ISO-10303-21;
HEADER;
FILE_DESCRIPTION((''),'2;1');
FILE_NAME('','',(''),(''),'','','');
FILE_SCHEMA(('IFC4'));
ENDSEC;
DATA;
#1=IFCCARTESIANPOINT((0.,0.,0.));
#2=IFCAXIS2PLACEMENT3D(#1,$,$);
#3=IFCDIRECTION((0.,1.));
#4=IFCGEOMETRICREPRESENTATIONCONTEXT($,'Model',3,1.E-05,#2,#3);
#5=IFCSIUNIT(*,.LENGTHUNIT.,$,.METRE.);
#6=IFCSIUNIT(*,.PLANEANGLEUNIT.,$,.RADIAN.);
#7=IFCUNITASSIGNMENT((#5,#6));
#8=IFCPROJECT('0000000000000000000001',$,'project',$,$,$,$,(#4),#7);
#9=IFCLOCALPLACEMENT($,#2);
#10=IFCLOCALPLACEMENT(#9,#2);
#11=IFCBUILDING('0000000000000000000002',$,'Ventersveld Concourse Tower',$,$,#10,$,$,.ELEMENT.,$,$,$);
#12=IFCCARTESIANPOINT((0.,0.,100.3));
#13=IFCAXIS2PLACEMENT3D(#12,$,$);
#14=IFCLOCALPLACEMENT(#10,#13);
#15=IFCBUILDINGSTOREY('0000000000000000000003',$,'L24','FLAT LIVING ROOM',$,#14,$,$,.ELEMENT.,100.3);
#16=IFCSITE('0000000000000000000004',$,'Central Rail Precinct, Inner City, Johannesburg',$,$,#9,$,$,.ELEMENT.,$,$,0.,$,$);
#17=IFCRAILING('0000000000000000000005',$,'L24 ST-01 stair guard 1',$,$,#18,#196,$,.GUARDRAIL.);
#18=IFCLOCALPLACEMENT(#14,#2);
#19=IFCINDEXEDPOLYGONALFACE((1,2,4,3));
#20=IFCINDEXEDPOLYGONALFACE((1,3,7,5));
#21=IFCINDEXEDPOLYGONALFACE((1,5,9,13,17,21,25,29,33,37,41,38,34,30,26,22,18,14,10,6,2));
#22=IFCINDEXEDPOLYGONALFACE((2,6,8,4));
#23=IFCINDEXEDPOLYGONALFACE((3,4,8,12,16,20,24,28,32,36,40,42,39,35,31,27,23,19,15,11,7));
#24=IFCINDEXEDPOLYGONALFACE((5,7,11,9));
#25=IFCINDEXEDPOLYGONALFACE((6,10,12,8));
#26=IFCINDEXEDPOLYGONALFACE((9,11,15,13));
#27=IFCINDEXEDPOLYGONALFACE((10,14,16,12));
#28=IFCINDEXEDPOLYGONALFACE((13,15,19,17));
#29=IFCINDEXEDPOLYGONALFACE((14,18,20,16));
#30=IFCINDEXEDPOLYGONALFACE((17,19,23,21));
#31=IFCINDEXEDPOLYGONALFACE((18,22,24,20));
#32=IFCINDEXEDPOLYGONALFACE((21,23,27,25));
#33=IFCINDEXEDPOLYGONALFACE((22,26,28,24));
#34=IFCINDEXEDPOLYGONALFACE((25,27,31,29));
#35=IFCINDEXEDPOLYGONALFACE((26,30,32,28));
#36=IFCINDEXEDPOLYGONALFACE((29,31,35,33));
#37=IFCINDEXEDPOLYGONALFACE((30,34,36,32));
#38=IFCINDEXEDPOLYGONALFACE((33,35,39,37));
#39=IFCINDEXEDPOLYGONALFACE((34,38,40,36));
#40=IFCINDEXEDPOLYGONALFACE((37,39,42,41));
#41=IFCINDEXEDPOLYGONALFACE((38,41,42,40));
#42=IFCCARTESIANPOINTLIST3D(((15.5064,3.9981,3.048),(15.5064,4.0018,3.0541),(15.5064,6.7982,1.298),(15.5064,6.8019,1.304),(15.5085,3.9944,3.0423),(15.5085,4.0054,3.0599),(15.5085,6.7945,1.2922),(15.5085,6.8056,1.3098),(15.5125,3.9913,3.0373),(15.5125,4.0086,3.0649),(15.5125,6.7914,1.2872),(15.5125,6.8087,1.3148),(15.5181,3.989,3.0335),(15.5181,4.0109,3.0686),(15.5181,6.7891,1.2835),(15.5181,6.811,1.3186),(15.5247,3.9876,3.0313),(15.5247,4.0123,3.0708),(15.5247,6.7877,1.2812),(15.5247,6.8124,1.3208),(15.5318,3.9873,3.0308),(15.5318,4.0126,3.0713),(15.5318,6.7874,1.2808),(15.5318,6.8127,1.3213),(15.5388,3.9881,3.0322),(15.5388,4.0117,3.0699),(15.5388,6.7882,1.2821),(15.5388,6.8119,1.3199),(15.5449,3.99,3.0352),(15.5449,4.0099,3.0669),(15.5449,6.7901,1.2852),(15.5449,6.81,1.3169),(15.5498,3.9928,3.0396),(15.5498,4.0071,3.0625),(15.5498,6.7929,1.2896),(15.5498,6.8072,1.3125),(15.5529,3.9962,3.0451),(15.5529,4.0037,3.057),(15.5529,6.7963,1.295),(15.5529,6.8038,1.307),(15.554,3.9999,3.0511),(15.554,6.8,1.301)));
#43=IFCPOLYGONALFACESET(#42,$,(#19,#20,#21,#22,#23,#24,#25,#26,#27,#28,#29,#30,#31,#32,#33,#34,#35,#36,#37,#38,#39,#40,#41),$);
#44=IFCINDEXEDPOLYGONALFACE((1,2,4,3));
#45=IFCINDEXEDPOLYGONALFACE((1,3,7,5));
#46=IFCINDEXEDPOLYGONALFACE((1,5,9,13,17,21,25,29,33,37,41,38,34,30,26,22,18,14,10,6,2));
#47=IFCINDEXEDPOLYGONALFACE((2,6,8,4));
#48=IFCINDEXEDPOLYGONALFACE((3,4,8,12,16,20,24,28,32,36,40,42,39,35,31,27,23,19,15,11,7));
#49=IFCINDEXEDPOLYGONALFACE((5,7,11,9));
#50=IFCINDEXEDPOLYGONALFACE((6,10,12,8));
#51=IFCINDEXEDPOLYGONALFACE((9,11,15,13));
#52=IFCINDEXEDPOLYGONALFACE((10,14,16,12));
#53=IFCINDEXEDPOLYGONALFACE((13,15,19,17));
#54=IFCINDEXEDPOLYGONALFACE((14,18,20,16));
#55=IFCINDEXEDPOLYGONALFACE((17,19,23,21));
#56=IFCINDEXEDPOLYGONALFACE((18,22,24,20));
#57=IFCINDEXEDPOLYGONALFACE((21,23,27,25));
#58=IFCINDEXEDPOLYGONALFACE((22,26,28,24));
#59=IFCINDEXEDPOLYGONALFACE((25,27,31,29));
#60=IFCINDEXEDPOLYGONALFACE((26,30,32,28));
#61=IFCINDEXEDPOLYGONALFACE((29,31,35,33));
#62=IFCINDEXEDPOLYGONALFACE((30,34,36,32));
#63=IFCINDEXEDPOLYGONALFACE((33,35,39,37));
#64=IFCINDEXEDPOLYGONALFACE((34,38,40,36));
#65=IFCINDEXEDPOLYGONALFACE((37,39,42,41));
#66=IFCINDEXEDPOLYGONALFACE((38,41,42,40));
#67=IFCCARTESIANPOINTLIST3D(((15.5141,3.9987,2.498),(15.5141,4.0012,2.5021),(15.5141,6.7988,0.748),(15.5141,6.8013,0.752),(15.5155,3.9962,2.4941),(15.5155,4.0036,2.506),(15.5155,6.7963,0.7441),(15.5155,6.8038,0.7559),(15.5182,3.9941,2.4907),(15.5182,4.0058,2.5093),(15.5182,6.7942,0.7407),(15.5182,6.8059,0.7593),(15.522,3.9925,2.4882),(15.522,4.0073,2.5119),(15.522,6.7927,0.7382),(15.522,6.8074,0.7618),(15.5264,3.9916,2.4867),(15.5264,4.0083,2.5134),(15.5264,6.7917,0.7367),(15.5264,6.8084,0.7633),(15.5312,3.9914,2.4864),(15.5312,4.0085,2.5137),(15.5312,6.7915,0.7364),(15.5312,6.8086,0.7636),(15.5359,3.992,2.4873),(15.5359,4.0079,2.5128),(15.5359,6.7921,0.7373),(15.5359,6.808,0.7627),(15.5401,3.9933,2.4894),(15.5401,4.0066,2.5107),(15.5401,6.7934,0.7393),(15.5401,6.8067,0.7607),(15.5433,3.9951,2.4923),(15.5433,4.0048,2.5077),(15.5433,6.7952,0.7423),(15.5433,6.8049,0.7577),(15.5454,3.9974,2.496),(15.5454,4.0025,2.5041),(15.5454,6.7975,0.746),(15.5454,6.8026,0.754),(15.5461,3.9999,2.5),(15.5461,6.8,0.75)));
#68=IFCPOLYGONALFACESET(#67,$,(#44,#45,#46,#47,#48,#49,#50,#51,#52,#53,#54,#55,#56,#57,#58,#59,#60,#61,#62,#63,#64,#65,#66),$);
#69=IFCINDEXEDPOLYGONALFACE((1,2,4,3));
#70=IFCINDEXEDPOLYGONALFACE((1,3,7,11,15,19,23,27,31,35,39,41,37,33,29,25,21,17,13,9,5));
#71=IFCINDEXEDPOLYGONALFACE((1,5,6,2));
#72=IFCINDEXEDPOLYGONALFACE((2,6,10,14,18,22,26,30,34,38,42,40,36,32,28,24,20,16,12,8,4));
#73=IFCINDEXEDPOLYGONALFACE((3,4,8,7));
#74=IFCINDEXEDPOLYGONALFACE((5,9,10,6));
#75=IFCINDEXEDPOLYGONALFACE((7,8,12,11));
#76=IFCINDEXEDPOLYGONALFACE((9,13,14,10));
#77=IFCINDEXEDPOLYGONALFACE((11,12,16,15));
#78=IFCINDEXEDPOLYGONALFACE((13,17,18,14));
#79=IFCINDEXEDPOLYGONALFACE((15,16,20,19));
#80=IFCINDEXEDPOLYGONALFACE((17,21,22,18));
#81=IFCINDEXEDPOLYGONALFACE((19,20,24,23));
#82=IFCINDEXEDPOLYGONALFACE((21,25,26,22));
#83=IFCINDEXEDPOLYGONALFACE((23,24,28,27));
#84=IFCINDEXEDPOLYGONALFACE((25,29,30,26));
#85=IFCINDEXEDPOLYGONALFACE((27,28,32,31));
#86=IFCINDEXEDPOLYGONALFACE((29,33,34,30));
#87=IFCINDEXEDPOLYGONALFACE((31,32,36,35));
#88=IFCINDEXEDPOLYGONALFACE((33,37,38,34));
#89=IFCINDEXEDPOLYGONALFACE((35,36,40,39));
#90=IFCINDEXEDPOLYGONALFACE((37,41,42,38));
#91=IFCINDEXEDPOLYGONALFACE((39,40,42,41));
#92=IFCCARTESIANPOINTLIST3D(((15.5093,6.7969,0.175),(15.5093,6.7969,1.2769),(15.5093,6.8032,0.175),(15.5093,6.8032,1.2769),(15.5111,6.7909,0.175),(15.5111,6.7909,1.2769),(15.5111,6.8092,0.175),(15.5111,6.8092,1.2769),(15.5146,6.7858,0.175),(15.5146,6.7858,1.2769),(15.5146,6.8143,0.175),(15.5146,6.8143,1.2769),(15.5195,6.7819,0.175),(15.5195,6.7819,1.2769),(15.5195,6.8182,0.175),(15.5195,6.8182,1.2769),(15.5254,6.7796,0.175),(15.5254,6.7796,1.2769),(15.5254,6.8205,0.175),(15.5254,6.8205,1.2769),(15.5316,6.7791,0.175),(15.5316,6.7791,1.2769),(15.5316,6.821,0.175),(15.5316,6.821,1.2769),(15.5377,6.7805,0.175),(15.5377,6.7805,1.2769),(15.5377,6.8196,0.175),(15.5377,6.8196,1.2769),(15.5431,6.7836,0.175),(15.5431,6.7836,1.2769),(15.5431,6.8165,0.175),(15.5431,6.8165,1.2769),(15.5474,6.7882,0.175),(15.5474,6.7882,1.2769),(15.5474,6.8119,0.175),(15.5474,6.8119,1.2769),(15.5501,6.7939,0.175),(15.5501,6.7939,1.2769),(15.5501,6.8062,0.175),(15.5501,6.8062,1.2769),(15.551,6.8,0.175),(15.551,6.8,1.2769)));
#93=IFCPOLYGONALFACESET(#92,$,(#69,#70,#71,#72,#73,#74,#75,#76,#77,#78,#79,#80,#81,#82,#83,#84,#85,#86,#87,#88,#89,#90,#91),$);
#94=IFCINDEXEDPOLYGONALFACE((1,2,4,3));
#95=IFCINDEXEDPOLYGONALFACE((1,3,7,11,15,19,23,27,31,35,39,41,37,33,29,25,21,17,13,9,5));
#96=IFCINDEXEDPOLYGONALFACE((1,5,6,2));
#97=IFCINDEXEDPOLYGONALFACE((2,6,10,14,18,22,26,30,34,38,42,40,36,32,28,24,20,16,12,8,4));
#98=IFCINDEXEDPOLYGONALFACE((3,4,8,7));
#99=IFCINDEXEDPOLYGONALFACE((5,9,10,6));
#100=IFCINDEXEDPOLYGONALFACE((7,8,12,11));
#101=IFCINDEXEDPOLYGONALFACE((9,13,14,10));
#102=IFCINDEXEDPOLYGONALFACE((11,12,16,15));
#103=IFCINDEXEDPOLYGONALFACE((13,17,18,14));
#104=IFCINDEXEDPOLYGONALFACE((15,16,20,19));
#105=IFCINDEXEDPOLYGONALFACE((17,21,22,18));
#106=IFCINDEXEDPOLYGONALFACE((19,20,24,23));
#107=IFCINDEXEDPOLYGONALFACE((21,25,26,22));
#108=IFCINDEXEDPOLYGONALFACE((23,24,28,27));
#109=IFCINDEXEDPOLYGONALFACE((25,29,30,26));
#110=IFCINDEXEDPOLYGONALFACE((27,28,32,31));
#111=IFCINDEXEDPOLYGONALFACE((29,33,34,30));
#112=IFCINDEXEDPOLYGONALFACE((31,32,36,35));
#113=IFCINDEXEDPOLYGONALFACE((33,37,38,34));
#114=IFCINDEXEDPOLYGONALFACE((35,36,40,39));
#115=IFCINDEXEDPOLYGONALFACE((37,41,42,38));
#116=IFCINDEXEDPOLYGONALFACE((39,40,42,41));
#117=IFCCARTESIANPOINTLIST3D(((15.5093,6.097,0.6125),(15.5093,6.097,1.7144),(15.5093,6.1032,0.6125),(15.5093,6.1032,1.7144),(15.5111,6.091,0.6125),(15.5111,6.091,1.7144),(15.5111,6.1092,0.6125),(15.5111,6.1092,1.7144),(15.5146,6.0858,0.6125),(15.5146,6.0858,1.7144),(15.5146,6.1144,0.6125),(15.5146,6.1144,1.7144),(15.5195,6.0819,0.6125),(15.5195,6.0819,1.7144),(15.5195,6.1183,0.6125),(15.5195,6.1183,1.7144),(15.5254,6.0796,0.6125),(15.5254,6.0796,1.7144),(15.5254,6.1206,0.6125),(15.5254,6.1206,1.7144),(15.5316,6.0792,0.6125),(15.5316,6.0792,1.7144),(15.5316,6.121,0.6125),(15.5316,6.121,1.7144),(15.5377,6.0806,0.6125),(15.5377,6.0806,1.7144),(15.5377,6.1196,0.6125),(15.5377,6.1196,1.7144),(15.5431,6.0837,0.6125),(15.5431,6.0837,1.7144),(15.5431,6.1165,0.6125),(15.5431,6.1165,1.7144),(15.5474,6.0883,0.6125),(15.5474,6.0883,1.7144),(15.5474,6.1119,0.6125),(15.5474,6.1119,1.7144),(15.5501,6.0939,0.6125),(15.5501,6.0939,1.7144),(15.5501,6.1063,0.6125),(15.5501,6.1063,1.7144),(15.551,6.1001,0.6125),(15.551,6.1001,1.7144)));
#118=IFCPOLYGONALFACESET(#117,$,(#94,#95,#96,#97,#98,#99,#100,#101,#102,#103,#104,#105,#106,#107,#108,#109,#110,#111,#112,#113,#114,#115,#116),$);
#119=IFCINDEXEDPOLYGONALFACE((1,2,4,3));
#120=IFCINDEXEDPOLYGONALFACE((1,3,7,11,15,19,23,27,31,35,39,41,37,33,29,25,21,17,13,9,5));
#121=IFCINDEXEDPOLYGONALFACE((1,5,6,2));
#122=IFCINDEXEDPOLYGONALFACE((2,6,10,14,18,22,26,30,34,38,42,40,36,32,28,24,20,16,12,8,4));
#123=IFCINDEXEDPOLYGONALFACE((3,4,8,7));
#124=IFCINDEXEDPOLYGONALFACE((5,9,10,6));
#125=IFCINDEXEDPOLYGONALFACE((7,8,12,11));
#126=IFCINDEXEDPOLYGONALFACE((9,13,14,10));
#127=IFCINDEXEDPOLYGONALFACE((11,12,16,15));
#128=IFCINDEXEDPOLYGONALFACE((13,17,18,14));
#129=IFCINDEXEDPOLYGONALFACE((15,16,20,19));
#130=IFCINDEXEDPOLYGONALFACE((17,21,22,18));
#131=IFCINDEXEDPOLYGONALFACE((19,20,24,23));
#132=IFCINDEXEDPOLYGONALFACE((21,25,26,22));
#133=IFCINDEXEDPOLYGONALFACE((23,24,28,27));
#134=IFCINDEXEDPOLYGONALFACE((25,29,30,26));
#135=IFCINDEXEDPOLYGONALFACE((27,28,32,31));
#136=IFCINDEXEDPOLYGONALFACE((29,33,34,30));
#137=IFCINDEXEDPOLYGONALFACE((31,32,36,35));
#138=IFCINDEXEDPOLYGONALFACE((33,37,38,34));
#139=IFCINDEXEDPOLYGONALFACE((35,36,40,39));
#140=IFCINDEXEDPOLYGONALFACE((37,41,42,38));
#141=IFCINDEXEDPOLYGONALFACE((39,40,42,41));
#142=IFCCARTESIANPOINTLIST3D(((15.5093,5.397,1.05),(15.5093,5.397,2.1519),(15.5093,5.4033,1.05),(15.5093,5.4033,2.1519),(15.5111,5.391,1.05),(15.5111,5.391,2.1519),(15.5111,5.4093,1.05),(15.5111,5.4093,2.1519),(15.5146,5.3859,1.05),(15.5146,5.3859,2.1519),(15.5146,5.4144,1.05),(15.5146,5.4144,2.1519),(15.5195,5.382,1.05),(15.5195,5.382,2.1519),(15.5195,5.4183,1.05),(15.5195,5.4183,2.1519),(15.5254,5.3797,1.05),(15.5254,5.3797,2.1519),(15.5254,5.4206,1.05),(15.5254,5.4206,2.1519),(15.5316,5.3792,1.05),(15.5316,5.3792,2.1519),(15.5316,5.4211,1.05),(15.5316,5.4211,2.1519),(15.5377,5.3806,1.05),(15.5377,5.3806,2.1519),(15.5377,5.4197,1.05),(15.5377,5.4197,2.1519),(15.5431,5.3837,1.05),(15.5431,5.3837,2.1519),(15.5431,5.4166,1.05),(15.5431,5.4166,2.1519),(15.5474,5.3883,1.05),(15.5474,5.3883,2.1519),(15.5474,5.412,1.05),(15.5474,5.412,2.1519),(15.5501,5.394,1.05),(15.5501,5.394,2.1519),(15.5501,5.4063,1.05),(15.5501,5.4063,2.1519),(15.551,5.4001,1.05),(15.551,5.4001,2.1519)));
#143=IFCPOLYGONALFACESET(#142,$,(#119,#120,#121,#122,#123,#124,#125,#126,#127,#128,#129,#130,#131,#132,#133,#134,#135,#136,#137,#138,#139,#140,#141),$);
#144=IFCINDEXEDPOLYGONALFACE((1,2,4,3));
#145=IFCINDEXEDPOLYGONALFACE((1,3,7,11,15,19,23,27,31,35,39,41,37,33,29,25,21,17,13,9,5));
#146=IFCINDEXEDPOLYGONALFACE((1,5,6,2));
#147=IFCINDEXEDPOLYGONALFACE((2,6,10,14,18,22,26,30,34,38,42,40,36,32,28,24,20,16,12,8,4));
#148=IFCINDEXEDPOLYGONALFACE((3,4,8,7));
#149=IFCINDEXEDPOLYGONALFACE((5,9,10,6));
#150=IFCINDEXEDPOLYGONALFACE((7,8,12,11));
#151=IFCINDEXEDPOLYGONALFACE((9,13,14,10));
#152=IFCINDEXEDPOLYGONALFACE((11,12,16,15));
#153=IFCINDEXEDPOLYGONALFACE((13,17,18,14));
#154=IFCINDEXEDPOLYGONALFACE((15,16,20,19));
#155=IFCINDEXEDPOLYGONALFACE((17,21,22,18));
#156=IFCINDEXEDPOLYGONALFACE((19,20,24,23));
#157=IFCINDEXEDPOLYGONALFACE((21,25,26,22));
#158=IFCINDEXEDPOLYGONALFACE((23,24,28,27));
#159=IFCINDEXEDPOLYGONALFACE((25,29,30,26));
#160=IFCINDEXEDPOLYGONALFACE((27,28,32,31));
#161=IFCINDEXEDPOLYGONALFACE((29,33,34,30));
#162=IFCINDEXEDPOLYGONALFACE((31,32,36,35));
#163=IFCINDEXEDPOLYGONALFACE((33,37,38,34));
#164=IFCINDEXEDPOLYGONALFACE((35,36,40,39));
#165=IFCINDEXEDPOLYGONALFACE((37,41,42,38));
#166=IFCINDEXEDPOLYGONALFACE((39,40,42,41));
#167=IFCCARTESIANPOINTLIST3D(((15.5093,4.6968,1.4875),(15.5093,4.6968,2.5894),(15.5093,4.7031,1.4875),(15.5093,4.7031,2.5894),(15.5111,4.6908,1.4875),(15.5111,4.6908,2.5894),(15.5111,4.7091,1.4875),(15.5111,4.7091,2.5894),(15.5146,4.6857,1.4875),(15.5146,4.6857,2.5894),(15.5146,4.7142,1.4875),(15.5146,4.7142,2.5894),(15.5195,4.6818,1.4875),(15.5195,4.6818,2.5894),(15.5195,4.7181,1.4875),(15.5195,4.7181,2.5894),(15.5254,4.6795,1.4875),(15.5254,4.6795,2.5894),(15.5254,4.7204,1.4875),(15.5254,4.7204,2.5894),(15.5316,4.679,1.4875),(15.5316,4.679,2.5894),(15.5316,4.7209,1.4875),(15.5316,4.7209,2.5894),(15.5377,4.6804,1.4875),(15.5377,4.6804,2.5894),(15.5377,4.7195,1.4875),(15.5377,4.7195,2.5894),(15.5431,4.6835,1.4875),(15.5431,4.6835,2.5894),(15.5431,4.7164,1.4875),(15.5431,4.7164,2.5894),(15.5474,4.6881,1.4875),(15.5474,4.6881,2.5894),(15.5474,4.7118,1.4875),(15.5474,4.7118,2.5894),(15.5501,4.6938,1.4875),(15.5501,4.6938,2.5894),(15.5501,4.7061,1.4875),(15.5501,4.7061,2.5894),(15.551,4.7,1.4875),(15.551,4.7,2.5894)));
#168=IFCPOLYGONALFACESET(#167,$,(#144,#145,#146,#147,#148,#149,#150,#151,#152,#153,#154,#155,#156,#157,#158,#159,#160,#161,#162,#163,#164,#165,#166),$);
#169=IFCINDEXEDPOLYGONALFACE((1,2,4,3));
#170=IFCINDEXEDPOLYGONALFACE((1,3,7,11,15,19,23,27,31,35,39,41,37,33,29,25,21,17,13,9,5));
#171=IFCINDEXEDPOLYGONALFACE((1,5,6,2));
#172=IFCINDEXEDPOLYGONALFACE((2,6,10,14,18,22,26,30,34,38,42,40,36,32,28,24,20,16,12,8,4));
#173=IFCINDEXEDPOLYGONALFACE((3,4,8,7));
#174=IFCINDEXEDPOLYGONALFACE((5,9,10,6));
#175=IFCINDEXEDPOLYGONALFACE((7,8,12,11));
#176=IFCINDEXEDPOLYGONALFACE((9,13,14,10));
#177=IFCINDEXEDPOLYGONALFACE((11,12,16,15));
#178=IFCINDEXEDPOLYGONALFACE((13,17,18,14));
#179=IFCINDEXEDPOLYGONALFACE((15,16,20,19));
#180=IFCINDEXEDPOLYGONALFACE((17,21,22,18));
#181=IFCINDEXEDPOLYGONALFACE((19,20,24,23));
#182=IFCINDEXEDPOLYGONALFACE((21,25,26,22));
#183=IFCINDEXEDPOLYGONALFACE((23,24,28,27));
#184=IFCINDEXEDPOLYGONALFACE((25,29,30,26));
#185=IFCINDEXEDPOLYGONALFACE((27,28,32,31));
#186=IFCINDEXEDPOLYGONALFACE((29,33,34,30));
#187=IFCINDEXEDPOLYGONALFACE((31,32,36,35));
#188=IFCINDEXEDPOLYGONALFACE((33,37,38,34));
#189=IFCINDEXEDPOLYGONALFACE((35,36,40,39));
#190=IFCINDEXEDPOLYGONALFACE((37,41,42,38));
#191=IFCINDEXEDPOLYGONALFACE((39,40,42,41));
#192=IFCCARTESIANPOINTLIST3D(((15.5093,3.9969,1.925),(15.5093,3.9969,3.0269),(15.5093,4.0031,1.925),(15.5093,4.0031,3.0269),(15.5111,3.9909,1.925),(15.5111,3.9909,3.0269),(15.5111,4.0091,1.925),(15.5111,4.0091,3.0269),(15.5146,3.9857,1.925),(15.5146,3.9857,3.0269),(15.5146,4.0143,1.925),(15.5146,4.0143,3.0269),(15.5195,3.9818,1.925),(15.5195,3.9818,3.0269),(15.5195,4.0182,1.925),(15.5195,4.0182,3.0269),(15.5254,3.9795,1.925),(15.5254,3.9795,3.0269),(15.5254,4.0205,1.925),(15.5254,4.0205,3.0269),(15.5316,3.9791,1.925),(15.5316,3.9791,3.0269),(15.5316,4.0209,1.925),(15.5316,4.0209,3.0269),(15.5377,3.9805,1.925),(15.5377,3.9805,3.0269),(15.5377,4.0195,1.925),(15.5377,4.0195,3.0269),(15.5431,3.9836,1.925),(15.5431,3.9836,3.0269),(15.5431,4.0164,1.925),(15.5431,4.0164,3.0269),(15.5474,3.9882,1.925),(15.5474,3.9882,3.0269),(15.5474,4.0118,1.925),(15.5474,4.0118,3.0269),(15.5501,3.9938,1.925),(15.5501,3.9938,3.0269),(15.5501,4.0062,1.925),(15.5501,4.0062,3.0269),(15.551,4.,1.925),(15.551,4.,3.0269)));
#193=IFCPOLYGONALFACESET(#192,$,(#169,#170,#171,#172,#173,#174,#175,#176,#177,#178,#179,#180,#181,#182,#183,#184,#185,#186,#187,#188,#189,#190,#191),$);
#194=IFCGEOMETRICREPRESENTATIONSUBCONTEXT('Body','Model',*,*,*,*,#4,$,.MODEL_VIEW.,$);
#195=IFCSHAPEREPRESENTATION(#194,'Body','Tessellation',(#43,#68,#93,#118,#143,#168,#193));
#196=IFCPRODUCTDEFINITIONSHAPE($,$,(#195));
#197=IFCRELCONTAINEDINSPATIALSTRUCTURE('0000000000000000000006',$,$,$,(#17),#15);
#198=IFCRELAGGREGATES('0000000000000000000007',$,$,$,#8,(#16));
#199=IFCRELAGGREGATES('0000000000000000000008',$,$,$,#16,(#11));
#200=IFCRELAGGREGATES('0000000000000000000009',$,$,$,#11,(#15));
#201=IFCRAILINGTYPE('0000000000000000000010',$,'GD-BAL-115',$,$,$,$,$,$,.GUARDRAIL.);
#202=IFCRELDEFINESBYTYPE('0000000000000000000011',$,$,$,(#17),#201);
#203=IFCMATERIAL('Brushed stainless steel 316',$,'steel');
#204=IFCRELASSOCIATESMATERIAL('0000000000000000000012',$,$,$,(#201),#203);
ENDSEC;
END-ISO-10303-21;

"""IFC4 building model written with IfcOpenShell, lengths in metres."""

from ifc_helpers import new_model, si_unit, direction, frame, origin, origin_2d, place, context, subcontext, project, spatial, circle, extrude, material, type_object, element, save


model = new_model("IFC4")

# Units and contexts
model_context = context("Model", 3, precision=1e-05, world=origin(), true_north=direction((0.0, 1.0)))
body_context = subcontext(model_context, "Body", "Model", "MODEL_VIEW")
ifc_project = project(units=[si_unit("LENGTHUNIT", "METRE"), si_unit("PLANEANGLEUNIT", "RADIAN")], contexts=[model_context])

# Site, building, storey
site_placement = place(None, origin())
site = spatial("IfcSite", under=ifc_project, at=site_placement, Name="Central Rail Precinct, Inner City, Johannesburg", CompositionType="ELEMENT", RefElevation=0.0)
building_placement = place(site_placement, origin())
building = spatial("IfcBuilding", under=site, at=building_placement, Name="Ventersveld Concourse Tower", CompositionType="ELEMENT")
storey_placement = place(building_placement, frame((0.0, 0.0, 100.3)))
storey = spatial("IfcBuildingStorey", under=building, at=storey_placement, Name="L24", Description="FLAT LIVING ROOM", CompositionType="ELEMENT", Elevation=100.3)

# Railing
ifc_material_1 = material(Name="Brushed stainless steel 316", Category="steel")
railing_type_1 = type_object("IfcRailingType", Name="GD-BAL-115", PredefinedType="GUARDRAIL", material=ifc_material_1)
railing_1_placement = place(storey_placement, frame((15.53, 6.8, 0.175)))
element("IfcRailing", 1, at=railing_1_placement, inside=storey, type_object=railing_type_1, Name="L24 ST-01 stair guard 1", PredefinedType="GUARDRAIL", context=body_context, shape_type="SweptSolid", body=[
    extrude(circle(Radius=0.0239, at=origin_2d()), frame((0.0, 0.0, 1.126), z_axis=(0.0, -0.848002, 0.529992), x_axis=(1.0, 0.0, 0.0)), (0.0, 0.0, 1.0), 3.302),
    extrude(circle(Radius=0.0161, at=origin_2d()), frame((0.0, 0.0, 0.575), z_axis=(0.0, -0.848002, 0.529992), x_axis=(1.0, 0.0, 0.0)), (0.0, 0.0, 1.0), 3.302),
    extrude(circle(Radius=0.021, at=origin_2d()), origin(), (0.0, 0.0, 1.0), 1.1018),
    extrude(circle(Radius=0.021, at=origin_2d()), frame((0.0, -0.7, 0.4375)), (0.0, 0.0, 1.0), 1.1018),
    extrude(circle(Radius=0.021, at=origin_2d()), frame((0.0, -1.3999, 0.875)), (0.0, 0.0, 1.0), 1.1018),
    extrude(circle(Radius=0.021, at=origin_2d()), frame((0.0, -2.1001, 1.3125)), (0.0, 0.0, 1.0), 1.1018),
    extrude(circle(Radius=0.021, at=origin_2d()), frame((0.0, -2.8, 1.75)), (0.0, 0.0, 1.0), 1.1018),
])

save(model, "model.ifc")
